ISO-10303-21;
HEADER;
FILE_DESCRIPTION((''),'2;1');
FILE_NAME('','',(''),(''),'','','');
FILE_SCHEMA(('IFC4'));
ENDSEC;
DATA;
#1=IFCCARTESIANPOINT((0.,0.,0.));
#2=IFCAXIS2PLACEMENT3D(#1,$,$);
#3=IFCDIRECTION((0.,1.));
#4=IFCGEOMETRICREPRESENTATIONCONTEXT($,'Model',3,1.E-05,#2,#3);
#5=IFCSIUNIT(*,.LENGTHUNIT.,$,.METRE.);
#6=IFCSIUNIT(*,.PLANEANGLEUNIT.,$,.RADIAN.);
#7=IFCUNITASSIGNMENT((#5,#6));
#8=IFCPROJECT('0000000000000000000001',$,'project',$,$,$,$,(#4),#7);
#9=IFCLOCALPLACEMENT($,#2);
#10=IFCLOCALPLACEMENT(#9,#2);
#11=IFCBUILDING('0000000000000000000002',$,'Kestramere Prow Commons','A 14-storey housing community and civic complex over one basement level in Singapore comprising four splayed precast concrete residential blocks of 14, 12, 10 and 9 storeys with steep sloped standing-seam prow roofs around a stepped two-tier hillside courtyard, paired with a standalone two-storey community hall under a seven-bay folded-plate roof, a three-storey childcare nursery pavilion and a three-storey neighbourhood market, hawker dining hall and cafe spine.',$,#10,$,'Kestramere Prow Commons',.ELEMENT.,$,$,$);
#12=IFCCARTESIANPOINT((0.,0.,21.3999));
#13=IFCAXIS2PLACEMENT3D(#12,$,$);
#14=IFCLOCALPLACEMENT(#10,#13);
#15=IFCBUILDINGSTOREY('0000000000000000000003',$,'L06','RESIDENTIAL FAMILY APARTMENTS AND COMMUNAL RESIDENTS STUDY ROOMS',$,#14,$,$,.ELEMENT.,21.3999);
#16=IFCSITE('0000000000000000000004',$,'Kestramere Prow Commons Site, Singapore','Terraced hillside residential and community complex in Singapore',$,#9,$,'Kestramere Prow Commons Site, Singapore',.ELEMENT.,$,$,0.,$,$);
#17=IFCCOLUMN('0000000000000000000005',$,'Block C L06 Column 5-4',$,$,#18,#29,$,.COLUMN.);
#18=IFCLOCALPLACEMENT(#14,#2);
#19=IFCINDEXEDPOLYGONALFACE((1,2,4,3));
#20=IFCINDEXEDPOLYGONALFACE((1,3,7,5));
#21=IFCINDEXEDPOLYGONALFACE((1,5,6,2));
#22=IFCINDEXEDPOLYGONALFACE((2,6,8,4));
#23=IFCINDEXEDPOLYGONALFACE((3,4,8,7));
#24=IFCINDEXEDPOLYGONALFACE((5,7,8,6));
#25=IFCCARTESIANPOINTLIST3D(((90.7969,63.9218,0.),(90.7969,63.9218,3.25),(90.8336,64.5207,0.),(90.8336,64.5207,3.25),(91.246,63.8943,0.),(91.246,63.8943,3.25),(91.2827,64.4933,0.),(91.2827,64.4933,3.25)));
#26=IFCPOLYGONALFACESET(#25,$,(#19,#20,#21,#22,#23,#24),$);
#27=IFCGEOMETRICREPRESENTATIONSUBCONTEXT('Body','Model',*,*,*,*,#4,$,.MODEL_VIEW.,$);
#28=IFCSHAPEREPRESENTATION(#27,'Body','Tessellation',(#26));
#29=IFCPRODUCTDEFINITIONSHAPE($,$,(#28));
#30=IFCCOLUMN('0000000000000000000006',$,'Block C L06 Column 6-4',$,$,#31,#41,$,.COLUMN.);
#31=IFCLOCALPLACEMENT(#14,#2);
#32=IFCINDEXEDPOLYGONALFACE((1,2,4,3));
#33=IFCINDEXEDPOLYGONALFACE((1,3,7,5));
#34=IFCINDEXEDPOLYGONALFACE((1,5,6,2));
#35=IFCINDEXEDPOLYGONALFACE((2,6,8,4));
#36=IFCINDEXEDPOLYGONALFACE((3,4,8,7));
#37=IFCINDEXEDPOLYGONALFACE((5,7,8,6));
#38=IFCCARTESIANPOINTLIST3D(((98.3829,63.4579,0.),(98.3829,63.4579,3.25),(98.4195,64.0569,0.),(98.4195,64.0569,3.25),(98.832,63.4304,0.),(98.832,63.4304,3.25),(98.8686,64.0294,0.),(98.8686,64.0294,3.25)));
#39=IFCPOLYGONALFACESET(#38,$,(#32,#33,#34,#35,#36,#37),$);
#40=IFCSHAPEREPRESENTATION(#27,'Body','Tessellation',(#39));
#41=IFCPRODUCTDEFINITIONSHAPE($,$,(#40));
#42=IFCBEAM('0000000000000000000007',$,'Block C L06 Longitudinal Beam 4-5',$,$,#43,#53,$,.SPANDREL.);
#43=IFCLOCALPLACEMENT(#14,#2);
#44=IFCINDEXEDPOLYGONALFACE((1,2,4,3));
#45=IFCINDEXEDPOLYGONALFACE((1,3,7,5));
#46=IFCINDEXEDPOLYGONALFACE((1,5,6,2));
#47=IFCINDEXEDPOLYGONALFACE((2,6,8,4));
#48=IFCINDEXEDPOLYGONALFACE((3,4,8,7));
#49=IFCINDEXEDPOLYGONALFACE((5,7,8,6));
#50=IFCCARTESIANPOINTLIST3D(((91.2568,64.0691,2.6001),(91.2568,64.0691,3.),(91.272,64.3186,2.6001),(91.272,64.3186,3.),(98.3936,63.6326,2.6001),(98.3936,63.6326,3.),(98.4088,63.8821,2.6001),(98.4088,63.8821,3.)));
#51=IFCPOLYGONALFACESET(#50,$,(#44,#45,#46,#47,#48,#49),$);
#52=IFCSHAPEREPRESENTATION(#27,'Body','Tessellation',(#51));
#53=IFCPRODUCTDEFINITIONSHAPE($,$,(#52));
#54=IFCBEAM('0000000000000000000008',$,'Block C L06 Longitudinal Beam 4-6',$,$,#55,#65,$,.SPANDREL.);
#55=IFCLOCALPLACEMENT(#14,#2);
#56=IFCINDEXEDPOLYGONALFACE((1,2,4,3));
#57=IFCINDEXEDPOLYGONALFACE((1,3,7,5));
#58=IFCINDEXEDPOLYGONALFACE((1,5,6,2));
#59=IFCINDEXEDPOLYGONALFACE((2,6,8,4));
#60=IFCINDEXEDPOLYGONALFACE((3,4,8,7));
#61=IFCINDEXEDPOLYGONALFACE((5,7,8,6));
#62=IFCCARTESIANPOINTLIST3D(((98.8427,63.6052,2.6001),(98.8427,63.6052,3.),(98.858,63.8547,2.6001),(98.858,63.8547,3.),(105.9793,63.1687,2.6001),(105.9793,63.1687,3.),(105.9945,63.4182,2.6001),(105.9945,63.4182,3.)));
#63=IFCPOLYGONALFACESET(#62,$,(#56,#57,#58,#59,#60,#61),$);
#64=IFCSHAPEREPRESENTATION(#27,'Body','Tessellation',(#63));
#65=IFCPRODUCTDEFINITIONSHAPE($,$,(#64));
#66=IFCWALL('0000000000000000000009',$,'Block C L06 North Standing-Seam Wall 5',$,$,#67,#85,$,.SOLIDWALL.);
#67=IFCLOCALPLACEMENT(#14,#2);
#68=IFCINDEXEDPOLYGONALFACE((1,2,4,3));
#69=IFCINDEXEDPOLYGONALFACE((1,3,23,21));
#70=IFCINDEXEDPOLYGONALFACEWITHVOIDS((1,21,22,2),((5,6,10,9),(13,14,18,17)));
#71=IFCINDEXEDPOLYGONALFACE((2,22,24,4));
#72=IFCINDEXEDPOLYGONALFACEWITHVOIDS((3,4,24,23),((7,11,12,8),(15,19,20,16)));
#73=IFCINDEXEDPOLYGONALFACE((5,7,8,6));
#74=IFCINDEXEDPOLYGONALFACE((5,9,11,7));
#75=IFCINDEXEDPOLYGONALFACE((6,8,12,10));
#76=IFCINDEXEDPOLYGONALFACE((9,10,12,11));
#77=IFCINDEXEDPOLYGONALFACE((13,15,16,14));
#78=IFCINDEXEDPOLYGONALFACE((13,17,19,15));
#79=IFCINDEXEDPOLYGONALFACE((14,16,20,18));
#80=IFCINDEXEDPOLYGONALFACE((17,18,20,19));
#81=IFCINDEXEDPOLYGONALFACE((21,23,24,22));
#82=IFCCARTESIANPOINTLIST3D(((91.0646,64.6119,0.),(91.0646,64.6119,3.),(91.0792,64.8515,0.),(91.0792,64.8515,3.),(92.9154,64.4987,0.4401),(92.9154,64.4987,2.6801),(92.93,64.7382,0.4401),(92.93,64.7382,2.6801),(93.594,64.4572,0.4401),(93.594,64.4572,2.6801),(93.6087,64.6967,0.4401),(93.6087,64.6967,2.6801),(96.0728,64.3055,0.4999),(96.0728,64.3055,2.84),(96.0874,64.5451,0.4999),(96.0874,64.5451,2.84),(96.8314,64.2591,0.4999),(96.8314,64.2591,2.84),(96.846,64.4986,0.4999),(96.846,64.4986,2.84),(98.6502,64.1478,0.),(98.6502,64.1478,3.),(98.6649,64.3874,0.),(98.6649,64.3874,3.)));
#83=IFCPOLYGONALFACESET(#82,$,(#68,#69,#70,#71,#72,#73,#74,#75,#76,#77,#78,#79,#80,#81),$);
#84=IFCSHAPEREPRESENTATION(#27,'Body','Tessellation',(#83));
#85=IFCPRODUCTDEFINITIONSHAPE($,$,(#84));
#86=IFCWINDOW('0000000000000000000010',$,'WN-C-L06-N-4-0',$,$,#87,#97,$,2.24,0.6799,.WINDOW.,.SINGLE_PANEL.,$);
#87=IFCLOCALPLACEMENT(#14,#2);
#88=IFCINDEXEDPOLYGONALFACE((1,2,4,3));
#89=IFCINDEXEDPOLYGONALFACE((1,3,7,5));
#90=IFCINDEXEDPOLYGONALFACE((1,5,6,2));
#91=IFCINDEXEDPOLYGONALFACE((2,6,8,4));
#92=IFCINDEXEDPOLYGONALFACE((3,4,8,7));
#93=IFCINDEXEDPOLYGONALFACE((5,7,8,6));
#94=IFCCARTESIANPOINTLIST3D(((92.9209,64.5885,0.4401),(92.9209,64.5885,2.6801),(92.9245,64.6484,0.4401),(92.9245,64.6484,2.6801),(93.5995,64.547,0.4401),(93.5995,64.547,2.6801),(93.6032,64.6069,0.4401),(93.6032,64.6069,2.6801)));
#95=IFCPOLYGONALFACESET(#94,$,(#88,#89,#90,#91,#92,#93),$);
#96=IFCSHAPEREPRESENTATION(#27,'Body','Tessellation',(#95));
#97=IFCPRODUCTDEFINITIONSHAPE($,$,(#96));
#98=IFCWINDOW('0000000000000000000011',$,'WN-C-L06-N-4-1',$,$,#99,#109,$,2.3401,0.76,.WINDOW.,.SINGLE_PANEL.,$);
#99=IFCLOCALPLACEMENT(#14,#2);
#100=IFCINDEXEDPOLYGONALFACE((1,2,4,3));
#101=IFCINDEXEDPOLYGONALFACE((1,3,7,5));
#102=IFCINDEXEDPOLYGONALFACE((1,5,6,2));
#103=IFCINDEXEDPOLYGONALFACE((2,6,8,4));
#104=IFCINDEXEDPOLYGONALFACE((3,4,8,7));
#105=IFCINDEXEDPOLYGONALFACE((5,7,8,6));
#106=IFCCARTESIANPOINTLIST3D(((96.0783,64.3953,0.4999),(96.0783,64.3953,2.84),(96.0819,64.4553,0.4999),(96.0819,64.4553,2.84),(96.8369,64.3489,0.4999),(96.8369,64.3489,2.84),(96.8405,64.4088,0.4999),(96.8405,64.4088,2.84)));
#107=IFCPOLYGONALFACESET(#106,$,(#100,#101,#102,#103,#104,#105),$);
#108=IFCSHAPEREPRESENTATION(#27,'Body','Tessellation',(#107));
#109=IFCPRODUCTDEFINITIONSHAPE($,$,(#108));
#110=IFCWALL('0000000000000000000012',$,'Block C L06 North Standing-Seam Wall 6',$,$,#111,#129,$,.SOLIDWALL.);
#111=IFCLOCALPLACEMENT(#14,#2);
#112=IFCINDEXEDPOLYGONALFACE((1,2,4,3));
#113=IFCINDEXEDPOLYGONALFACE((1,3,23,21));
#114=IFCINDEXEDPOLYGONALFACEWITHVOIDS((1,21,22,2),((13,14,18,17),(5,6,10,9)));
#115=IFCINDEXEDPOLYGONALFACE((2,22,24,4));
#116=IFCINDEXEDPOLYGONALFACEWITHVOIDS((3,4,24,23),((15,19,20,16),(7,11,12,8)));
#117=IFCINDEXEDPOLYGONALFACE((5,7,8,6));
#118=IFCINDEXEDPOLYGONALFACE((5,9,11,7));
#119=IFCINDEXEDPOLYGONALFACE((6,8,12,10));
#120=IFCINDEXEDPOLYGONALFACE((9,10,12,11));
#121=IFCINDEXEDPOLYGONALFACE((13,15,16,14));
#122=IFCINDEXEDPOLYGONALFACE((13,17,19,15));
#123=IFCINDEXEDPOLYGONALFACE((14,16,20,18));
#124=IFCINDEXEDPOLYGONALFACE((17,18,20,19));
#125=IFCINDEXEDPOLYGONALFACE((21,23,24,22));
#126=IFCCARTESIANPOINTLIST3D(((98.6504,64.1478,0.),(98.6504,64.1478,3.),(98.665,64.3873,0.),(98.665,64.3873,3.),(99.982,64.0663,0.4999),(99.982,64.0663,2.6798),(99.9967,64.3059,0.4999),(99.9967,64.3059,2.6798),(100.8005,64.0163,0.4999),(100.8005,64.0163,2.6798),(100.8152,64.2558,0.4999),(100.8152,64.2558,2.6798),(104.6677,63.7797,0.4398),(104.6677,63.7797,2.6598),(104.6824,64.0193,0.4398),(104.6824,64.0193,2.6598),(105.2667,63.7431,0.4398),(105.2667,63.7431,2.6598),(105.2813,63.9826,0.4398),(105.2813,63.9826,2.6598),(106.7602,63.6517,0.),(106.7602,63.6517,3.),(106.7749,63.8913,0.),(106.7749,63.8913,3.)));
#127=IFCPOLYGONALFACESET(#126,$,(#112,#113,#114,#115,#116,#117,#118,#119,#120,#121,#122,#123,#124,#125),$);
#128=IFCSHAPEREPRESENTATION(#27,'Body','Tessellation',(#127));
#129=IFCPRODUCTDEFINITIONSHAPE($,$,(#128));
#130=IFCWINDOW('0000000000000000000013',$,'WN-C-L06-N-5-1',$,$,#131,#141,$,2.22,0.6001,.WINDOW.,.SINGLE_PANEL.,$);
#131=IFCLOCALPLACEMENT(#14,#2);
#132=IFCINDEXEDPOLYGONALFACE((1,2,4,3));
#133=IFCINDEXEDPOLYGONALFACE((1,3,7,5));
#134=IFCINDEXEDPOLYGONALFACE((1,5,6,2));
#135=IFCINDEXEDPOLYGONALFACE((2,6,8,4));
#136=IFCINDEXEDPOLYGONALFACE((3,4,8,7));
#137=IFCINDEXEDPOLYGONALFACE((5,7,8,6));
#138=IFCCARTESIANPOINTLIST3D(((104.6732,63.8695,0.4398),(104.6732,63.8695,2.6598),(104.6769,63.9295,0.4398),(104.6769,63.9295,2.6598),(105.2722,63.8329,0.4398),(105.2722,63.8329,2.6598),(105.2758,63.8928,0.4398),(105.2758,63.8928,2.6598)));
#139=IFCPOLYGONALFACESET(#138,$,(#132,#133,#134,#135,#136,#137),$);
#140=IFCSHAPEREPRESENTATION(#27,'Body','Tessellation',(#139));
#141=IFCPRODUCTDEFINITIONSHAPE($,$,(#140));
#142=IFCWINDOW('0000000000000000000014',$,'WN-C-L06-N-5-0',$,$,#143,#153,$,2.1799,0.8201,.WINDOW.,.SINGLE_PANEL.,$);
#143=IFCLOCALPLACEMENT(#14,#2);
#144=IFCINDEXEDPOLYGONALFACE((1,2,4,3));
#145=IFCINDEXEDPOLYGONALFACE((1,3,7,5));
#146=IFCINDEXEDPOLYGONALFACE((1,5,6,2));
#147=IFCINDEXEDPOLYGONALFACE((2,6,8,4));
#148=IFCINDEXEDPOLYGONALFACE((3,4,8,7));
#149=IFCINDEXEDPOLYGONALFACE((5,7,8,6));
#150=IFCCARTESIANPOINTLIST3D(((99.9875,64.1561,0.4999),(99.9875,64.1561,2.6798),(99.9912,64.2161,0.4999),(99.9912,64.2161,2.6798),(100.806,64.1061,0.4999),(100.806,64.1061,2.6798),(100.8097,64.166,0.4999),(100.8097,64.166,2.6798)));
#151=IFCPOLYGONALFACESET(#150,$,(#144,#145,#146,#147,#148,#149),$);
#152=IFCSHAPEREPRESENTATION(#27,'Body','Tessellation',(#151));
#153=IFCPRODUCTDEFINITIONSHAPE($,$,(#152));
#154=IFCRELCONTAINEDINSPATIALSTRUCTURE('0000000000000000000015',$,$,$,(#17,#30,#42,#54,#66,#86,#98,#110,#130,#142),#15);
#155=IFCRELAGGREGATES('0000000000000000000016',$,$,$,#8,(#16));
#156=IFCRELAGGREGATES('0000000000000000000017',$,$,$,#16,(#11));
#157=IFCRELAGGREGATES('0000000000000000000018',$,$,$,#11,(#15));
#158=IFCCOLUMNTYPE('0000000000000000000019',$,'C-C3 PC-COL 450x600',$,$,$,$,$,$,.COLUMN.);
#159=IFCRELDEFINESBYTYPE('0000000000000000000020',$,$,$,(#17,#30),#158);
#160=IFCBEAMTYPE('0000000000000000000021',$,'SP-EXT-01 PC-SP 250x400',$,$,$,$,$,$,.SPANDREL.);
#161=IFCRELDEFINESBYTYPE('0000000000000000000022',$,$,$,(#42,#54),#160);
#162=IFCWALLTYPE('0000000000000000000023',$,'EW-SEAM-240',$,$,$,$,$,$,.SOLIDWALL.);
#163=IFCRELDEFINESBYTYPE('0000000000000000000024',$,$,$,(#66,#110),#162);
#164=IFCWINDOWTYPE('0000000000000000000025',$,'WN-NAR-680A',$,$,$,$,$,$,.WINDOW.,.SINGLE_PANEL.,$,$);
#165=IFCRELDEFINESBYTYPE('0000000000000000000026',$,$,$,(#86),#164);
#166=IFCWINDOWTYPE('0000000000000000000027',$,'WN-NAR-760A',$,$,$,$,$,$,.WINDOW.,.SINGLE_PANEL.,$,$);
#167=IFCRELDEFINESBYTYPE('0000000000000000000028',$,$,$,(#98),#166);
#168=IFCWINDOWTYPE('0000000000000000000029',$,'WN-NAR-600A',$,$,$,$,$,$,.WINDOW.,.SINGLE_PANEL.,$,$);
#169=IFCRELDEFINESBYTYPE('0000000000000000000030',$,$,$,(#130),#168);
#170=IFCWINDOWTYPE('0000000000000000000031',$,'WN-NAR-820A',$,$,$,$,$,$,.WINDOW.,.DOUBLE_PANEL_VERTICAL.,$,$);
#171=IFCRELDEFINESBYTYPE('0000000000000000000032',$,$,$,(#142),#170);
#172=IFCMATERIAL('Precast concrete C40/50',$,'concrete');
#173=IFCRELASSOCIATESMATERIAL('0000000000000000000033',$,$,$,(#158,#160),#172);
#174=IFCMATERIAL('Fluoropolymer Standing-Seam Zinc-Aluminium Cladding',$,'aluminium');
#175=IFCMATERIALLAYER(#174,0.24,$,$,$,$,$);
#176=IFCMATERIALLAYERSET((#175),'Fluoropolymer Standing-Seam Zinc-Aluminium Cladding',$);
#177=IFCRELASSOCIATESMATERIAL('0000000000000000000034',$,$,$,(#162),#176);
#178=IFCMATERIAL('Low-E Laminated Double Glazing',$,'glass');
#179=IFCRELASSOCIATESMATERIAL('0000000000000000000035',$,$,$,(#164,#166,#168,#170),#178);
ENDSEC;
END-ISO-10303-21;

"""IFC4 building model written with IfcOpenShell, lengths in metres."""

from ifc_helpers import new_model, si_unit, direction, frame, frame_2d, origin, origin_2d, place, context, subcontext, project, spatial, rectangle, extrude, material, layer, layer_set, material_profile, profile_set, type_object, element, fill, save


model = new_model("IFC4")

# Units and contexts
model_context = context("Model", 3, precision=1e-05, world=origin(), true_north=direction((0.0, 1.0)))
body_context = subcontext(model_context, "Body", "Model", "MODEL_VIEW")
ifc_project = project(units=[si_unit("LENGTHUNIT", "METRE"), si_unit("PLANEANGLEUNIT", "RADIAN")], contexts=[model_context])

# Site, building, storey
site_placement = place(None, origin())
site = spatial("IfcSite", under=ifc_project, at=site_placement, Name="Kestramere Prow Commons Site, Singapore", Description="Terraced hillside residential and community complex in Singapore", LongName="Kestramere Prow Commons Site, Singapore", CompositionType="ELEMENT", RefElevation=0.0)
building_placement = place(site_placement, origin())
building = spatial("IfcBuilding", under=site, at=building_placement, Name="Kestramere Prow Commons", Description="A 14-storey housing community and civic complex over one basement level in Singapore comprising four splayed precast concrete residential blocks of 14, 12, 10 and 9 storeys with steep sloped standing-seam prow roofs around a stepped two-tier hillside courtyard, paired with a standalone two-storey community hall under a seven-bay folded-plate roof, a three-storey childcare nursery pavilion and a three-storey neighbourhood market, hawker dining hall and cafe spine.", LongName="Kestramere Prow Commons", CompositionType="ELEMENT")
storey_placement = place(building_placement, frame((0.0, 0.0, 21.3999)))
storey = spatial("IfcBuildingStorey", under=building, at=storey_placement, Name="L06", Description="RESIDENTIAL FAMILY APARTMENTS AND COMMUNAL RESIDENTS STUDY ROOMS", CompositionType="ELEMENT", Elevation=21.3999)

# Columns
ifc_material_1 = material(Name="Precast concrete C40/50", Category="concrete")
ifc_material_profile_1 = material_profile(ifc_material_1, rectangle(XDim=0.45, YDim=0.6001, at=origin_2d()), Name="PC-COL 450x600")
ifc_profile_set_1 = profile_set([ifc_material_profile_1], Name="Precast concrete C40/50")
column_type = type_object("IfcColumnType", Name="C-C3 PC-COL 450x600", PredefinedType="COLUMN", material=ifc_profile_set_1)
for number, where, z_axis, x_axis, name in (
    (1, (91.0398, 64.2075, 0.0), (0.0, 0.0, 1.0), (0.998135, -0.061049, 0.0), "Block C L06 Column 5-4"),
    (2, (98.6257, 63.7437, 0.0), (0.0, 0.0, 1.0), (0.998135, -0.061049, 0.0), "Block C L06 Column 6-4"),
):
    element("IfcColumn", number, at=place(storey_placement, frame(where, z_axis=z_axis, x_axis=x_axis)), inside=storey, type_object=column_type, Name=name, PredefinedType="COLUMN", context=body_context, shape_type="SweptSolid", body=[
        extrude(rectangle(XDim=0.45, YDim=0.6001, at=origin_2d()), origin(), (0.0, 0.0, 1.0), 3.25),
    ])

# Beams
ifc_material_profile_2 = material_profile(ifc_material_1, rectangle(XDim=0.25, YDim=0.3999, at=origin_2d()), Name="PC-SP 250x400")
ifc_profile_set_2 = profile_set([ifc_material_profile_2], Name="Precast concrete C40/50")
beam_type = type_object("IfcBeamType", Name="SP-EXT-01 PC-SP 250x400", PredefinedType="SPANDREL", material=ifc_profile_set_2)
beam_1_placement = place(storey_placement, frame((91.2644, 64.1938, 2.8), z_axis=(0.998135, -0.061052, 0.0), x_axis=(0.061052, 0.998135, 0.0)))
element("IfcBeam", 3, at=beam_1_placement, inside=storey, type_object=beam_type, Name="Block C L06 Longitudinal Beam 4-5", PredefinedType="SPANDREL", context=body_context, shape_type="SweptSolid", body=[
    extrude(rectangle(XDim=0.25, YDim=0.3999, at=origin_2d()), origin(), (0.0, 0.0, 1.0), 7.1501),
])
beam_2_placement = place(storey_placement, frame((98.8503, 63.73, 2.8), z_axis=(0.998134, -0.061054, 0.0), x_axis=(0.061054, 0.998134, 0.0)))
element("IfcBeam", 4, at=beam_2_placement, inside=storey, type_object=beam_type, Name="Block C L06 Longitudinal Beam 4-6", PredefinedType="SPANDREL", context=body_context, shape_type="SweptSolid", body=[
    extrude(rectangle(XDim=0.25, YDim=0.3999, at=origin_2d()), origin(), (0.0, 0.0, 1.0), 7.1499),
])

# Walls, openings, windows
ifc_material_2 = material(Name="Fluoropolymer Standing-Seam Zinc-Aluminium Cladding", Category="aluminium")
ifc_layer_1 = layer(ifc_material_2, 0.24)
ifc_layer_set_1 = layer_set([ifc_layer_1], Name="Fluoropolymer Standing-Seam Zinc-Aluminium Cladding")
wall_type_1 = type_object("IfcWallType", Name="EW-SEAM-240", PredefinedType="SOLIDWALL", material=ifc_layer_set_1)
wall_1_placement = place(storey_placement, frame((91.072, 64.7317, 0.0), z_axis=(0.0, 0.0, 1.0), x_axis=(0.998134, -0.061068, 0.0)))
wall_1 = element("IfcWall", 5, at=wall_1_placement, inside=storey, type_object=wall_type_1, Name="Block C L06 North Standing-Seam Wall 5", PredefinedType="SOLIDWALL", context=body_context, shape_type="SweptSolid", body=[
    extrude(rectangle(XDim=7.5999, YDim=0.24, at=frame_2d((3.7998, 0.0))), origin(), (0.0, 0.0, 1.0), 3.0),
])
opening_1_placement = place(wall_1_placement, frame((1.8542, 0.0, 0.4399)))
opening_1 = element("IfcOpeningElement", 6, at=opening_1_placement, cuts=wall_1, PredefinedType="OPENING", context=body_context, shape_type="SweptSolid", body=[
    extrude(rectangle(XDim=0.6799, YDim=2.24, at=frame_2d((0.3398, 1.1201))), frame((0.0, 0.135, 0.0), z_axis=(0.0, -1.0, 0.0), x_axis=(1.0, 0.0, 0.0)), (0.0, 0.0, 1.0), 0.27),
])
opening_2_placement = place(wall_1_placement, frame((5.0176, 0.0, 0.5)))
opening_2 = element("IfcOpeningElement", 7, at=opening_2_placement, cuts=wall_1, PredefinedType="OPENING", context=body_context, shape_type="SweptSolid", body=[
    extrude(rectangle(XDim=0.76, YDim=2.3401, at=frame_2d((0.3799, 1.1699))), frame((0.0, 0.135, 0.0), z_axis=(0.0, -1.0, 0.0), x_axis=(1.0, 0.0, 0.0)), (0.0, 0.0, 1.0), 0.27),
])
ifc_material_3 = material(Name="Low-E Laminated Double Glazing", Category="glass")
window_type_1 = type_object("IfcWindowType", Name="WN-NAR-680A", PartitioningType="SINGLE_PANEL", PredefinedType="WINDOW", material=ifc_material_3)
window_1_placement = place(opening_1_placement, origin())
window_1 = element("IfcWindow", 8, at=window_1_placement, inside=storey, type_object=window_type_1, Name="WN-C-L06-N-4-0", OverallHeight=2.24, OverallWidth=0.6799, PartitioningType="SINGLE_PANEL", PredefinedType="WINDOW", context=body_context, shape_type="SweptSolid", body=[
    extrude(rectangle(XDim=0.6799, YDim=2.24, at=frame_2d((0.3398, 1.1201))), frame((0.0, 0.03, 0.0), z_axis=(0.0, -1.0, 0.0), x_axis=(1.0, 0.0, 0.0)), (0.0, 0.0, 1.0), 0.0601),
])
fill(opening_1, window_1)
window_type_2 = type_object("IfcWindowType", Name="WN-NAR-760A", PartitioningType="SINGLE_PANEL", PredefinedType="WINDOW", material=ifc_material_3)
window_2_placement = place(opening_2_placement, origin())
window_2 = element("IfcWindow", 9, at=window_2_placement, inside=storey, type_object=window_type_2, Name="WN-C-L06-N-4-1", OverallHeight=2.3401, OverallWidth=0.76, PartitioningType="SINGLE_PANEL", PredefinedType="WINDOW", context=body_context, shape_type="SweptSolid", body=[
    extrude(rectangle(XDim=0.76, YDim=2.3401, at=frame_2d((0.3799, 1.1699))), frame((0.0, 0.03, 0.0), z_axis=(0.0, -1.0, 0.0), x_axis=(1.0, 0.0, 0.0)), (0.0, 0.0, 1.0), 0.0601),
])
fill(opening_2, window_2)
wall_2_placement = place(storey_placement, frame((98.6577, 64.2676, 0.0), z_axis=(0.0, 0.0, 1.0), x_axis=(0.998134, -0.061058, 0.0)))
wall_2 = element("IfcWall", 10, at=wall_2_placement, inside=storey, type_object=wall_type_1, Name="Block C L06 North Standing-Seam Wall 6", PredefinedType="SOLIDWALL", context=body_context, shape_type="SweptSolid", body=[
    extrude(rectangle(XDim=8.125, YDim=0.24, at=frame_2d((4.0625, 0.0))), origin(), (0.0, 0.0, 1.0), 3.0),
])
opening_3_placement = place(wall_2_placement, frame((1.334, 0.0, 0.5)))
opening_3 = element("IfcOpeningElement", 11, at=opening_3_placement, cuts=wall_2, PredefinedType="OPENING", context=body_context, shape_type="SweptSolid", body=[
    extrude(rectangle(XDim=0.8201, YDim=2.1799, at=frame_2d((0.4102, 1.0898))), frame((0.0, 0.135, 0.0), z_axis=(0.0, -1.0, 0.0), x_axis=(1.0, 0.0, 0.0)), (0.0, 0.0, 1.0), 0.27),
])
opening_4_placement = place(wall_2_placement, frame((6.0286, 0.0, 0.4399)))
opening_4 = element("IfcOpeningElement", 12, at=opening_4_placement, cuts=wall_2, PredefinedType="OPENING", context=body_context, shape_type="SweptSolid", body=[
    extrude(rectangle(XDim=0.6001, YDim=2.22, at=frame_2d((0.3, 1.1099))), frame((0.0, 0.135, 0.0), z_axis=(0.0, -1.0, 0.0), x_axis=(1.0, 0.0, 0.0)), (0.0, 0.0, 1.0), 0.27),
])
window_type_3 = type_object("IfcWindowType", Name="WN-NAR-600A", PartitioningType="SINGLE_PANEL", PredefinedType="WINDOW", material=ifc_material_3)
window_3_placement = place(opening_4_placement, origin())
window_3 = element("IfcWindow", 13, at=window_3_placement, inside=storey, type_object=window_type_3, Name="WN-C-L06-N-5-1", OverallHeight=2.22, OverallWidth=0.6001, PartitioningType="SINGLE_PANEL", PredefinedType="WINDOW", context=body_context, shape_type="SweptSolid", body=[
    extrude(rectangle(XDim=0.6001, YDim=2.22, at=frame_2d((0.3, 1.1099))), frame((0.0, 0.03, 0.0), z_axis=(0.0, -1.0, 0.0), x_axis=(1.0, 0.0, 0.0)), (0.0, 0.0, 1.0), 0.0601),
])
fill(opening_4, window_3)
window_type_4 = type_object("IfcWindowType", Name="WN-NAR-820A", PartitioningType="DOUBLE_PANEL_VERTICAL", PredefinedType="WINDOW", material=ifc_material_3)
window_4_placement = place(opening_3_placement, origin())
window_4 = element("IfcWindow", 14, at=window_4_placement, inside=storey, type_object=window_type_4, Name="WN-C-L06-N-5-0", OverallHeight=2.1799, OverallWidth=0.8201, PartitioningType="SINGLE_PANEL", PredefinedType="WINDOW", context=body_context, shape_type="SweptSolid", body=[
    extrude(rectangle(XDim=0.8201, YDim=2.1799, at=frame_2d((0.4102, 1.0898))), frame((0.0, 0.03, 0.0), z_axis=(0.0, -1.0, 0.0), x_axis=(1.0, 0.0, 0.0)), (0.0, 0.0, 1.0), 0.0601),
])
fill(opening_3, window_4)

save(model, "model.ifc")
